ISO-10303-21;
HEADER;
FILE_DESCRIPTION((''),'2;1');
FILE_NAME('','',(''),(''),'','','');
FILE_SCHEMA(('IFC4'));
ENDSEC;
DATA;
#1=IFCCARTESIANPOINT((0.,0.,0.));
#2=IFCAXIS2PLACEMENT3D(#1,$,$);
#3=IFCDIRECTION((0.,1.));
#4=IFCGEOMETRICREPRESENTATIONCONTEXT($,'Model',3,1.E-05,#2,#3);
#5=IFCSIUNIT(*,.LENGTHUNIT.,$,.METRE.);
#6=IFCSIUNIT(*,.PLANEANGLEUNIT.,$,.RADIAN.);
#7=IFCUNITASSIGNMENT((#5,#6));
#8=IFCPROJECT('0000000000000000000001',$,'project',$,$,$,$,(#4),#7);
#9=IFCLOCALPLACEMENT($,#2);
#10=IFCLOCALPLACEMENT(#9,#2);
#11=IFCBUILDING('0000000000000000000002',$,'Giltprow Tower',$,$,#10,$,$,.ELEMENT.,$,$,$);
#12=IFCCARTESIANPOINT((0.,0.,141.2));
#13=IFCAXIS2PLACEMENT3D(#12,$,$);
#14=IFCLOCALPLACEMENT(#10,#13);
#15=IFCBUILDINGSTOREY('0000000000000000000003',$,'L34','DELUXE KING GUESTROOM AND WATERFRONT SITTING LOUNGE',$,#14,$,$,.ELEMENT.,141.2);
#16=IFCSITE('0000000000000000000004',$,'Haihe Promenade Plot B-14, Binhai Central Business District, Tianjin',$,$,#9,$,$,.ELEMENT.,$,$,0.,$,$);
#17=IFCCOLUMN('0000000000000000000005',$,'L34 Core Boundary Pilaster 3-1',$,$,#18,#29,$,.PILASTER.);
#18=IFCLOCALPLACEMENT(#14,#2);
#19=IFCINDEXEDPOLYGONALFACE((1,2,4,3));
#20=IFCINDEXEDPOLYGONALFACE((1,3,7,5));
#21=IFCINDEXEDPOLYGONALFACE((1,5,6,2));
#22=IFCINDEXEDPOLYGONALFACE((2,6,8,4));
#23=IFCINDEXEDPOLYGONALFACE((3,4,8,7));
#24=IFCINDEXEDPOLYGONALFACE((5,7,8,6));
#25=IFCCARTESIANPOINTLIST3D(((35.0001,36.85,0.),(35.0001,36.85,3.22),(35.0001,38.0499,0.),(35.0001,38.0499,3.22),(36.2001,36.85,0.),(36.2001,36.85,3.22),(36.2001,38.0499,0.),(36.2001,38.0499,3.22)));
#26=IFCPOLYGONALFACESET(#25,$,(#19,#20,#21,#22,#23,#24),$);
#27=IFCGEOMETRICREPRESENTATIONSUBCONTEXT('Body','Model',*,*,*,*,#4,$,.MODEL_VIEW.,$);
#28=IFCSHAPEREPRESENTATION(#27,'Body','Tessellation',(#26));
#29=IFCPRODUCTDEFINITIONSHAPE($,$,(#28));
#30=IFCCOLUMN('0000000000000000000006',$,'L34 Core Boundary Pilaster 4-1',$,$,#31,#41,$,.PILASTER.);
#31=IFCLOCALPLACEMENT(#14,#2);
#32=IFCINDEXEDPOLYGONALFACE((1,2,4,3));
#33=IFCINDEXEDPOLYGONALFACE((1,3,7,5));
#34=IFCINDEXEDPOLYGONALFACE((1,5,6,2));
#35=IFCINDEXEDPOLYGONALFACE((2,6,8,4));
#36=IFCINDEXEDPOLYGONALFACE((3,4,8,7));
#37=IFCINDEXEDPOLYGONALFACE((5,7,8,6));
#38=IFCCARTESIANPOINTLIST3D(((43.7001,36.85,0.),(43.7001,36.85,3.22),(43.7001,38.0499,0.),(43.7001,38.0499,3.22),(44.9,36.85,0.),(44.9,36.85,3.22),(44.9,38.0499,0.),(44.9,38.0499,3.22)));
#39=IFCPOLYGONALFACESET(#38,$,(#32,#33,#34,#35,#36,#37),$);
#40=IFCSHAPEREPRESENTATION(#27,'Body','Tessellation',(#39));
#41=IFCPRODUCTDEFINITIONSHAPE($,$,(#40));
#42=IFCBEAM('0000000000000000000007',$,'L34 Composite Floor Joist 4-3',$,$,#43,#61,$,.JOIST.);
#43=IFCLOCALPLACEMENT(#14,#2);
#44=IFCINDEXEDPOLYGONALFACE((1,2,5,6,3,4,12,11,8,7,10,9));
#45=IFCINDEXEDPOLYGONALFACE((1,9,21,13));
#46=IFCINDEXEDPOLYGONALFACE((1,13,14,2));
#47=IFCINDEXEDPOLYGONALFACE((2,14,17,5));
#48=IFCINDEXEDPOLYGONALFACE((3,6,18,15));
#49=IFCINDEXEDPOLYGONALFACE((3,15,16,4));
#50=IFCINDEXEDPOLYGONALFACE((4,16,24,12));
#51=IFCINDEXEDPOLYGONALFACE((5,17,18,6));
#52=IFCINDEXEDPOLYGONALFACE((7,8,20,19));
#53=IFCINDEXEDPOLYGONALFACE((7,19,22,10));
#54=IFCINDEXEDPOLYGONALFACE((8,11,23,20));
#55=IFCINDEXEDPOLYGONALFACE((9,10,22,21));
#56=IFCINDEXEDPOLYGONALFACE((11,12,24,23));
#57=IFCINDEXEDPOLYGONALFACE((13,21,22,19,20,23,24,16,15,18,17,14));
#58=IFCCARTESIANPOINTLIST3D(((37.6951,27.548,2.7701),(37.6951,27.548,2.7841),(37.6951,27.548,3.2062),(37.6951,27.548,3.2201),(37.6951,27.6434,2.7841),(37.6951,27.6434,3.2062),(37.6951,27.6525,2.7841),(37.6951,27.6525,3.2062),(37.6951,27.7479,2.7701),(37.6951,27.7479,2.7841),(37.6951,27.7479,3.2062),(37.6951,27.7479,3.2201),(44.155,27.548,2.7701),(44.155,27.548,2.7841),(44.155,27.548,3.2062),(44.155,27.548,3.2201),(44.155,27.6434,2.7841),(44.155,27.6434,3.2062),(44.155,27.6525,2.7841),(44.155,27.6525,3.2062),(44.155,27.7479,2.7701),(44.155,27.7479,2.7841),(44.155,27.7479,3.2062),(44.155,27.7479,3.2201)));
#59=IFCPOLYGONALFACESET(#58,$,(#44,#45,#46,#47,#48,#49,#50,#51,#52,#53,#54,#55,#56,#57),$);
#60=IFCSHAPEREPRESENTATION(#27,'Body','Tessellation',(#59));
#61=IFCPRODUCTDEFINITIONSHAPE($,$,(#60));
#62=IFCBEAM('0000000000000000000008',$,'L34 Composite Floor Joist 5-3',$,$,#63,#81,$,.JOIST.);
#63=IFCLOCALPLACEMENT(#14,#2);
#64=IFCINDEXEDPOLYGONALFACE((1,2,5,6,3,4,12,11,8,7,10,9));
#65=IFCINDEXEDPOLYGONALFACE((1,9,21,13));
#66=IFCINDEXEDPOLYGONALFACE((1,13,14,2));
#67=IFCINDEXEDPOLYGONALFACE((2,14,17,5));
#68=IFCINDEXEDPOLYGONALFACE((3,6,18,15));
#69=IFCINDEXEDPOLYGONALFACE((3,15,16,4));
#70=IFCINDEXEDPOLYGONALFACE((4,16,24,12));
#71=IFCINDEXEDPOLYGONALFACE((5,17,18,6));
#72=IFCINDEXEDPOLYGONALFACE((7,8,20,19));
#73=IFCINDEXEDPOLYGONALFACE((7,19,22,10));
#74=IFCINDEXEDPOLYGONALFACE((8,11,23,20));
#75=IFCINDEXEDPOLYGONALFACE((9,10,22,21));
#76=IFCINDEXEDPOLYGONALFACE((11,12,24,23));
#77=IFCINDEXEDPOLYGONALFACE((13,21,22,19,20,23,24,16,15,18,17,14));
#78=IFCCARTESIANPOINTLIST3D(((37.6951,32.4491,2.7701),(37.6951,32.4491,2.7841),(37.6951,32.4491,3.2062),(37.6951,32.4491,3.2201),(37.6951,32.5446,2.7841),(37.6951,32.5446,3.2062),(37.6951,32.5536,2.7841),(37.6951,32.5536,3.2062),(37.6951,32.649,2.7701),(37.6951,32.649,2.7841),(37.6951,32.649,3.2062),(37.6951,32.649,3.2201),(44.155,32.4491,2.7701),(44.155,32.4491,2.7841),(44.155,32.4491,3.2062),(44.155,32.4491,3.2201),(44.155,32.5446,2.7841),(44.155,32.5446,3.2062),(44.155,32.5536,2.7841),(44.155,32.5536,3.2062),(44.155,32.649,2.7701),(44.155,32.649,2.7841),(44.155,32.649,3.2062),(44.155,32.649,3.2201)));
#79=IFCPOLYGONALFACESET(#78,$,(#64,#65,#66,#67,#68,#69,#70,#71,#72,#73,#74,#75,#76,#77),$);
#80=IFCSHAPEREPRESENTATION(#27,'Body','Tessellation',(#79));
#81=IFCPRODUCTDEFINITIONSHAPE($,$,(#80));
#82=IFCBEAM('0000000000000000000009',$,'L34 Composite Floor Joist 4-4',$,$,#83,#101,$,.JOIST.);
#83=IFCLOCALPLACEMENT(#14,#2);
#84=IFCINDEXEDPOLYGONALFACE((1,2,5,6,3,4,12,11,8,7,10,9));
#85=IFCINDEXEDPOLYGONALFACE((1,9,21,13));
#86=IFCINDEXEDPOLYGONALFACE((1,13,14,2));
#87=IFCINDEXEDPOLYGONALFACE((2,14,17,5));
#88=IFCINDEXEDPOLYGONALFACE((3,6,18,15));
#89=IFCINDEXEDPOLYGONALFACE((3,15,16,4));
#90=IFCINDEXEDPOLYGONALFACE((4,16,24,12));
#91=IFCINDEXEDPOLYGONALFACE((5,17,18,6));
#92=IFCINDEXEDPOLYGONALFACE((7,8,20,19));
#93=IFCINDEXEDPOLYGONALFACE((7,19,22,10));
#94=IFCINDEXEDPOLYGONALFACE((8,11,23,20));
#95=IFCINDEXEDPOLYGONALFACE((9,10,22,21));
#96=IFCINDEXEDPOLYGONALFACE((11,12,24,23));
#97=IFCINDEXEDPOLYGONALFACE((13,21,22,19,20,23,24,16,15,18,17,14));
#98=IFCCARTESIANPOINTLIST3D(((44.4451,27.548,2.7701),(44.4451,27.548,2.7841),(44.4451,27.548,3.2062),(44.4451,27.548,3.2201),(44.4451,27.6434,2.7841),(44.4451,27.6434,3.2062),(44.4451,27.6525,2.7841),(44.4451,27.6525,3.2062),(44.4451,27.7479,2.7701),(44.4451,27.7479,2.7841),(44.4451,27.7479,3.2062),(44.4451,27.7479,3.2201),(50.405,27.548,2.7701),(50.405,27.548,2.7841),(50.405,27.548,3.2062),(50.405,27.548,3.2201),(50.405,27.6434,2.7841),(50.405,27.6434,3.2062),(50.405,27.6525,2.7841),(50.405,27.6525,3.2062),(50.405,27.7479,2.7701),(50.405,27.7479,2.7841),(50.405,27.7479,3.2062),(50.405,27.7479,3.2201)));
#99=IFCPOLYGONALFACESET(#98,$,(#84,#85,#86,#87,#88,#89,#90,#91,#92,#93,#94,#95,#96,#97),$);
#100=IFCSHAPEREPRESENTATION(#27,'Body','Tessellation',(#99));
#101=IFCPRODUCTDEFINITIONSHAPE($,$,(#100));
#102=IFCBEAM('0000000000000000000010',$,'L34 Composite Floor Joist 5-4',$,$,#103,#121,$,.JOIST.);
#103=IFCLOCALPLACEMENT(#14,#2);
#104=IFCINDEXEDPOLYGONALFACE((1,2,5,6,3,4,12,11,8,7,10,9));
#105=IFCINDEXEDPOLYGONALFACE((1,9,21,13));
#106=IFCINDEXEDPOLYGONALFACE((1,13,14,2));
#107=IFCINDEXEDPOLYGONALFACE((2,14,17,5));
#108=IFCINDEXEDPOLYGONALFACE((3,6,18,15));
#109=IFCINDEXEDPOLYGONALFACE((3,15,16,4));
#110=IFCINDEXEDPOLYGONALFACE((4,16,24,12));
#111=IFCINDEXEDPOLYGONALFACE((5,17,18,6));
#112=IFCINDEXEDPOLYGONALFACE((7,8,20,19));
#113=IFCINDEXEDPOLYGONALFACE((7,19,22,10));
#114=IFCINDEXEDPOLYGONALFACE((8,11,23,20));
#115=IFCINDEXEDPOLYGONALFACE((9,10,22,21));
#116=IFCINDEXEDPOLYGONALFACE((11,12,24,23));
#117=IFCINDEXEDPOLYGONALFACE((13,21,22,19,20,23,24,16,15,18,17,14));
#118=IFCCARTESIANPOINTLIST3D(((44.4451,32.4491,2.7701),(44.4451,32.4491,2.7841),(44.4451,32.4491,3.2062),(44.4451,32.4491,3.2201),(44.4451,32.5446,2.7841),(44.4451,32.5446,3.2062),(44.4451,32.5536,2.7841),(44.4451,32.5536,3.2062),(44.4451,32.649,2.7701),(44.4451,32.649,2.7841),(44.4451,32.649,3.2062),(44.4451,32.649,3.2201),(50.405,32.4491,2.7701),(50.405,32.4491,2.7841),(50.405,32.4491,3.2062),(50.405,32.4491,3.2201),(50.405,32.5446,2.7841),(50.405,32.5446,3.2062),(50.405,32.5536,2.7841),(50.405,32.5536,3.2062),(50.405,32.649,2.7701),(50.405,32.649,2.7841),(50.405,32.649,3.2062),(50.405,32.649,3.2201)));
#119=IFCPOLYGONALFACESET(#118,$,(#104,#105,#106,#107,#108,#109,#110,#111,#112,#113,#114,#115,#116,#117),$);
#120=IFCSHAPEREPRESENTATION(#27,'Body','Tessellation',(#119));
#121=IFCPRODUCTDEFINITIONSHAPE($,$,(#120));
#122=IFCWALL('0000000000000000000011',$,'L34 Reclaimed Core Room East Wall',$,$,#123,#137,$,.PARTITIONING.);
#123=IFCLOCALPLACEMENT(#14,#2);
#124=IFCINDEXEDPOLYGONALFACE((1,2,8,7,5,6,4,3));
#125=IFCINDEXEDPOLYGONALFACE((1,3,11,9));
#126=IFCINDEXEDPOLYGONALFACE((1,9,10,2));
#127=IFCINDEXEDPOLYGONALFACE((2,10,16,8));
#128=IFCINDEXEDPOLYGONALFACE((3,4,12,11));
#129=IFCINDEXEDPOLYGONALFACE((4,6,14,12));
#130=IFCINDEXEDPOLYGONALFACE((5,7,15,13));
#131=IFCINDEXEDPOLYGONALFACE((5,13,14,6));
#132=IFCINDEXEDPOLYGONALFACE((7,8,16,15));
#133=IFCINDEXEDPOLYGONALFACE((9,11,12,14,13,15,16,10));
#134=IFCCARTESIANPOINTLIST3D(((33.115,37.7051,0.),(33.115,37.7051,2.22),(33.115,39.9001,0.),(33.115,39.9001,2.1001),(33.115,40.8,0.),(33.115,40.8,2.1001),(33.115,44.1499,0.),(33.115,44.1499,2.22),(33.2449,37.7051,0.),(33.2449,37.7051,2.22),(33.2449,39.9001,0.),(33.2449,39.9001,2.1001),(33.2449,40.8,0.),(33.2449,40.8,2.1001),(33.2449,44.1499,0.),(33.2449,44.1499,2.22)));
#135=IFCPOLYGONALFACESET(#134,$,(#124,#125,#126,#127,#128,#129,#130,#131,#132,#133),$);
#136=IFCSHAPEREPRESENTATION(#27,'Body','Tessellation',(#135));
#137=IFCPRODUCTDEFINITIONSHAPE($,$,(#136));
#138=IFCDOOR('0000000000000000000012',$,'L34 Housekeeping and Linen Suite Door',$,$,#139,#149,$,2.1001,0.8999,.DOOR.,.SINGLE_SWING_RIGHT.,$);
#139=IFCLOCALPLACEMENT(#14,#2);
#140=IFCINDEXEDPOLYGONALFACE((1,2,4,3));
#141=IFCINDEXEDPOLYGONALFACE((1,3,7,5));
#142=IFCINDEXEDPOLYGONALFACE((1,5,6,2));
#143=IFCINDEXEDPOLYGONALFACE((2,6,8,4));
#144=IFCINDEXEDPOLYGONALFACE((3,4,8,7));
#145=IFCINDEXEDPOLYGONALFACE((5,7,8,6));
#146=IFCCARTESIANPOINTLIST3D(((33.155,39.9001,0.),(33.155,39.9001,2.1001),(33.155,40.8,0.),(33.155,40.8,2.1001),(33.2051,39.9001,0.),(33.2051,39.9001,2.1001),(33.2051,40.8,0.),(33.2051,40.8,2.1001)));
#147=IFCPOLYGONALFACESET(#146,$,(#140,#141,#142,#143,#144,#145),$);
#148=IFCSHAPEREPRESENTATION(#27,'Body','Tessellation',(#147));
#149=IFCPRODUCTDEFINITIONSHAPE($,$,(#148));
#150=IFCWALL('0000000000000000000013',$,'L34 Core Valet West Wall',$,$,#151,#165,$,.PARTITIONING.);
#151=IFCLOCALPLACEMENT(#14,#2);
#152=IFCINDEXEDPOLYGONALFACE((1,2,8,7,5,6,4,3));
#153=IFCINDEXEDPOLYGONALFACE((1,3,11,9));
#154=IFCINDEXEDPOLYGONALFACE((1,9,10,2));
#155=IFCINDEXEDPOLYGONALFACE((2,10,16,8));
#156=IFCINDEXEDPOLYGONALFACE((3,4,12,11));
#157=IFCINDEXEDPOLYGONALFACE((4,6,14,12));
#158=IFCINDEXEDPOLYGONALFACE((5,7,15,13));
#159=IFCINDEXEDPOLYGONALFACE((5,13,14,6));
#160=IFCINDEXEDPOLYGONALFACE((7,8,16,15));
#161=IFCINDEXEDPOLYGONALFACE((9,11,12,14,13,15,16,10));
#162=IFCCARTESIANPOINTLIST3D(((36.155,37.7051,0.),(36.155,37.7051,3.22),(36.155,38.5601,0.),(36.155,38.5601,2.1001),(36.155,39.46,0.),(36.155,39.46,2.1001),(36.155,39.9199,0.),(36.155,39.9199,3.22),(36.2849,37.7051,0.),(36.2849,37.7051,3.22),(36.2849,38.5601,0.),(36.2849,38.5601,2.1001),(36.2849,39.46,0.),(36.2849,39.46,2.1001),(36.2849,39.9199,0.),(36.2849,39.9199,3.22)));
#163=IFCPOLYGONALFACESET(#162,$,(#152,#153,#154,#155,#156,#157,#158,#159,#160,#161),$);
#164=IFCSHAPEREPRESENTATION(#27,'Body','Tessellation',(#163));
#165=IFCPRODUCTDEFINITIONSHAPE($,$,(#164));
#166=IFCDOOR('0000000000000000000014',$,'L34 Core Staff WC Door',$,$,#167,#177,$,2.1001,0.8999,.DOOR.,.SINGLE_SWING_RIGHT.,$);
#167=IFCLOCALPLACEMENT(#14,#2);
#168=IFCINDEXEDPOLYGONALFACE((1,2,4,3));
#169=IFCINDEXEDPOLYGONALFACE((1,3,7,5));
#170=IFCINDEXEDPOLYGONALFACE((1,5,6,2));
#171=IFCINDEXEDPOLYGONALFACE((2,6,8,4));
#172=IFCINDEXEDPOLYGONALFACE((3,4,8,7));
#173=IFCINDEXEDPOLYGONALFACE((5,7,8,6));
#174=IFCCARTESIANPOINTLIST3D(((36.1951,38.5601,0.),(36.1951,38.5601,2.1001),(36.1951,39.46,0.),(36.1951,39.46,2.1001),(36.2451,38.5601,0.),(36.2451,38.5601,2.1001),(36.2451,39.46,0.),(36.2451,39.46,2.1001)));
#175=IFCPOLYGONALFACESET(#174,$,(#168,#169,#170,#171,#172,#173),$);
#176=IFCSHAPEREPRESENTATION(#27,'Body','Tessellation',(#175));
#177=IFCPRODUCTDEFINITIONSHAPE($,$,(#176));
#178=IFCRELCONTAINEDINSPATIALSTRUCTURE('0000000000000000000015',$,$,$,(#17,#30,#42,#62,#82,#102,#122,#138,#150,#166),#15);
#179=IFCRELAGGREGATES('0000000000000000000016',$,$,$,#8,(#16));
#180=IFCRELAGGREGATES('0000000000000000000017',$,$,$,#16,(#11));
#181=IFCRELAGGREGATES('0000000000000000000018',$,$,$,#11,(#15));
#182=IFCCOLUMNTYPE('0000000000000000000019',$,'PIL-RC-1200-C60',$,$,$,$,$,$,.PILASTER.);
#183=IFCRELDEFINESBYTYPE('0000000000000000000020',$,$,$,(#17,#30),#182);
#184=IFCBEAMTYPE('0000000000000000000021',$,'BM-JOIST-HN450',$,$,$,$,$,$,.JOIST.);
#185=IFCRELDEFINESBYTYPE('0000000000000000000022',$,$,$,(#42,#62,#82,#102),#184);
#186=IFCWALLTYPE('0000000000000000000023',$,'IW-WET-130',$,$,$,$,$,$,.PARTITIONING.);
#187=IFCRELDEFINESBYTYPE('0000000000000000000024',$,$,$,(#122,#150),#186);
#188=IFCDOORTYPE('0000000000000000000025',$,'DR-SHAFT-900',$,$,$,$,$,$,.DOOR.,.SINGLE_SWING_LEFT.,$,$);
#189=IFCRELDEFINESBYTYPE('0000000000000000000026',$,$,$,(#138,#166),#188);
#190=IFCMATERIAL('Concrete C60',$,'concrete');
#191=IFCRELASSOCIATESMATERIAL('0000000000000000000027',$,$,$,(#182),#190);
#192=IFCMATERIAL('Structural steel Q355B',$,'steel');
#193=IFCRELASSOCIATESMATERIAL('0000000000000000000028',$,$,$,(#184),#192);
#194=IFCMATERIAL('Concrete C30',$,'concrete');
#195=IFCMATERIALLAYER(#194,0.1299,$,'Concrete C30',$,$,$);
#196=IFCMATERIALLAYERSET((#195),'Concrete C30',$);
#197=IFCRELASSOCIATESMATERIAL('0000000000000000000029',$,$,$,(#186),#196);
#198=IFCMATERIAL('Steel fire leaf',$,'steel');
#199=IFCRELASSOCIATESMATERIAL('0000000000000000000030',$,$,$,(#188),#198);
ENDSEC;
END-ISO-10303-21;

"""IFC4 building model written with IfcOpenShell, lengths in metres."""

from ifc_helpers import new_model, si_unit, direction, frame, frame_2d, origin, origin_2d, place, context, subcontext, project, spatial, rectangle, i_section, extrude, source, transform, mapped, material, layer, layer_set, material_profile, profile_set, type_object, element, fill, save


model = new_model("IFC4")

# Units and contexts
model_context = context("Model", 3, precision=1e-05, world=origin(), true_north=direction((0.0, 1.0)))
body_context = subcontext(model_context, "Body", "Model", "MODEL_VIEW")
ifc_project = project(units=[si_unit("LENGTHUNIT", "METRE"), si_unit("PLANEANGLEUNIT", "RADIAN")], contexts=[model_context])

# Site, building, storey
site_placement = place(None, origin())
site = spatial("IfcSite", under=ifc_project, at=site_placement, Name="Haihe Promenade Plot B-14, Binhai Central Business District, Tianjin", CompositionType="ELEMENT", RefElevation=0.0)
building_placement = place(site_placement, origin())
building = spatial("IfcBuilding", under=site, at=building_placement, Name="Giltprow Tower", CompositionType="ELEMENT")
storey_placement = place(building_placement, frame((0.0, 0.0, 141.2)))
storey = spatial("IfcBuildingStorey", under=building, at=storey_placement, Name="L34", Description="DELUXE KING GUESTROOM AND WATERFRONT SITTING LOUNGE", CompositionType="ELEMENT", Elevation=141.2)

# Columns
ifc_material_1 = material(Name="Concrete C60", Category="concrete")
ifc_material_profile_1 = material_profile(ifc_material_1, rectangle(XDim=1.2, YDim=1.2, at=origin_2d()), Name="RC 1200x1200")
ifc_profile_set_1 = profile_set([ifc_material_profile_1], Name="Concrete C60")
column_type = type_object("IfcColumnType", Name="PIL-RC-1200-C60", PredefinedType="PILASTER", material=ifc_profile_set_1)
shared_shape_1 = source(origin(), body_context, "Body", "SweptSolid", [
    extrude(rectangle(XDim=1.2, YDim=1.2, at=origin_2d()), origin(), (0.0, 0.0, 1.0), 3.22),
])
for number, where, z_axis, x_axis, name in (
    (1, (35.6001, 37.45, 0.0), (0.0, 0.0, 1.0), (1.0, 0.0, 0.0), "L34 Core Boundary Pilaster 3-1"),
    (2, (44.3, 37.45, 0.0), (0.0, 0.0, 1.0), (1.0, 0.0, 0.0), "L34 Core Boundary Pilaster 4-1"),
):
    element("IfcColumn", number, at=place(storey_placement, frame(where, z_axis=z_axis, x_axis=x_axis)), inside=storey, type_object=column_type, Name=name, PredefinedType="PILASTER", context=body_context, shape_type="MappedRepresentation", body=[
        mapped(shared_shape_1, transform((0.0, 0.0, 0.0), x_axis=(1.0, 0.0, 0.0), y_axis=(0.0, 1.0, 0.0), z_axis=(0.0, 0.0, 1.0), scale=1.0)),
    ])

# Beams
ifc_material_2 = material(Name="Structural steel Q355B", Category="steel")
ifc_material_profile_2 = material_profile(ifc_material_2, i_section(OverallWidth=0.2, OverallDepth=0.45, WebThickness=0.009, FlangeThickness=0.0139, at=origin_2d()), Name="HN 450x200x9x14")
ifc_profile_set_2 = profile_set([ifc_material_profile_2], Name="Structural steel Q355B")
beam_type = type_object("IfcBeamType", Name="BM-JOIST-HN450", PredefinedType="JOIST", material=ifc_profile_set_2)
shared_shape_2 = source(origin(), body_context, "Body", "SweptSolid", [
    extrude(i_section(OverallWidth=0.2, OverallDepth=0.45, WebThickness=0.009, FlangeThickness=0.0139, at=origin_2d()), origin(), (0.0, 0.0, 1.0), 6.46),
])
for number, where, z_axis, x_axis, name in (
    (3, (37.6951, 27.6479, 2.9951), (1.0, 0.0, 0.0), (0.0, 1.0, 0.0), "L34 Composite Floor Joist 4-3"),
    (4, (37.6951, 32.5491, 2.9951), (1.0, 0.0, 0.0), (0.0, 1.0, 0.0), "L34 Composite Floor Joist 5-3"),
):
    element("IfcBeam", number, at=place(storey_placement, frame(where, z_axis=z_axis, x_axis=x_axis)), inside=storey, type_object=beam_type, Name=name, PredefinedType="JOIST", context=body_context, shape_type="MappedRepresentation", body=[
        mapped(shared_shape_2, transform((0.0, 0.0, 0.0), x_axis=(1.0, 0.0, 0.0), y_axis=(0.0, 1.0, 0.0), z_axis=(0.0, 0.0, 1.0), scale=1.0)),
    ])
shared_shape_3 = source(origin(), body_context, "Body", "SweptSolid", [
    extrude(i_section(OverallWidth=0.2, OverallDepth=0.45, WebThickness=0.009, FlangeThickness=0.0139, at=origin_2d()), origin(), (0.0, 0.0, 1.0), 5.96),
])
for number, where, z_axis, x_axis, name in (
    (5, (44.4451, 27.6479, 2.9951), (1.0, 0.0, 0.0), (0.0, 1.0, 0.0), "L34 Composite Floor Joist 4-4"),
    (6, (44.4451, 32.5491, 2.9951), (1.0, 0.0, 0.0), (0.0, 1.0, 0.0), "L34 Composite Floor Joist 5-4"),
):
    element("IfcBeam", number, at=place(storey_placement, frame(where, z_axis=z_axis, x_axis=x_axis)), inside=storey, type_object=beam_type, Name=name, PredefinedType="JOIST", context=body_context, shape_type="MappedRepresentation", body=[
        mapped(shared_shape_3, transform((0.0, 0.0, 0.0), x_axis=(1.0, 0.0, 0.0), y_axis=(0.0, 1.0, 0.0), z_axis=(0.0, 0.0, 1.0), scale=1.0)),
    ])

# Walls, openings, doors
ifc_material_3 = material(Name="Concrete C30", Category="concrete")
ifc_layer_1 = layer(ifc_material_3, 0.1299, Name="Concrete C30")
ifc_layer_set_1 = layer_set([ifc_layer_1], Name="Concrete C30")
wall_type_1 = type_object("IfcWallType", Name="IW-WET-130", PredefinedType="PARTITIONING", material=ifc_layer_set_1)
wall_1_placement = place(storey_placement, frame((33.1799, 37.7051, 0.0), z_axis=(0.0, 0.0, 1.0), x_axis=(0.0, 1.0, 0.0)))
wall_1 = element("IfcWall", 7, at=wall_1_placement, inside=storey, type_object=wall_type_1, Name="L34 Reclaimed Core Room East Wall", PredefinedType="PARTITIONING", context=body_context, shape_type="SweptSolid", body=[
    extrude(rectangle(XDim=6.4448, YDim=0.1299, at=frame_2d((3.2224, 0.0))), origin(), (0.0, 0.0, 1.0), 2.22),
])
opening_1_placement = place(wall_1_placement, frame((2.1951, 0.0, 0.0)))
opening_1 = element("IfcOpeningElement", 8, at=opening_1_placement, cuts=wall_1, PredefinedType="OPENING", context=body_context, shape_type="SweptSolid", body=[
    extrude(rectangle(XDim=0.8999, YDim=2.1001, at=frame_2d((0.45, 1.05))), frame((0.0, 0.075, 0.0), z_axis=(0.0, -1.0, 0.0), x_axis=(1.0, 0.0, 0.0)), (0.0, 0.0, 1.0), 0.1499),
])
ifc_material_4 = material(Name="Steel fire leaf", Category="steel")
door_type_1 = type_object("IfcDoorType", Name="DR-SHAFT-900", OperationType="SINGLE_SWING_LEFT", PredefinedType="DOOR", material=ifc_material_4)
shared_shape_4 = source(origin(), body_context, "Body", "SweptSolid", [
    extrude(rectangle(XDim=0.8999, YDim=2.1001, at=frame_2d((0.45, 1.05))), frame((0.0, 0.0249, 0.0), z_axis=(0.0, -1.0, 0.0), x_axis=(1.0, 0.0, 0.0)), (0.0, 0.0, 1.0), 0.05),
])
door_1_placement = place(opening_1_placement, origin())
door_1 = element("IfcDoor", 9, at=door_1_placement, inside=storey, type_object=door_type_1, Name="L34 Housekeeping and Linen Suite Door", OperationType="SINGLE_SWING_RIGHT", OverallHeight=2.1001, OverallWidth=0.8999, PredefinedType="DOOR", context=body_context, shape_type="MappedRepresentation", body=[
    mapped(shared_shape_4, transform((0.0, 0.0, 0.0), x_axis=(1.0, 0.0, 0.0), y_axis=(0.0, 1.0, 0.0), z_axis=(0.0, 0.0, 1.0), scale=1.0)),
])
fill(opening_1, door_1)
wall_2_placement = place(storey_placement, frame((36.22, 37.7051, 0.0), z_axis=(0.0, 0.0, 1.0), x_axis=(0.0, 1.0, 0.0)))
wall_2 = element("IfcWall", 10, at=wall_2_placement, inside=storey, type_object=wall_type_1, Name="L34 Core Valet West Wall", PredefinedType="PARTITIONING", context=body_context, shape_type="SweptSolid", body=[
    extrude(rectangle(XDim=2.2148, YDim=0.1299, at=frame_2d((1.1074, 0.0))), origin(), (0.0, 0.0, 1.0), 3.22),
])
opening_2_placement = place(wall_2_placement, frame((0.855, 0.0, 0.0)))
opening_2 = element("IfcOpeningElement", 11, at=opening_2_placement, cuts=wall_2, PredefinedType="OPENING", context=body_context, shape_type="SweptSolid", body=[
    extrude(rectangle(XDim=0.8999, YDim=2.1001, at=frame_2d((0.45, 1.05))), frame((0.0, 0.075, 0.0), z_axis=(0.0, -1.0, 0.0), x_axis=(1.0, 0.0, 0.0)), (0.0, 0.0, 1.0), 0.1499),
])
door_2_placement = place(opening_2_placement, origin())
door_2 = element("IfcDoor", 12, at=door_2_placement, inside=storey, type_object=door_type_1, Name="L34 Core Staff WC Door", OperationType="SINGLE_SWING_RIGHT", OverallHeight=2.1001, OverallWidth=0.8999, PredefinedType="DOOR", context=body_context, shape_type="MappedRepresentation", body=[
    mapped(shared_shape_4, transform((0.0, 0.0, 0.0), x_axis=(1.0, 0.0, 0.0), y_axis=(0.0, 1.0, 0.0), z_axis=(0.0, 0.0, 1.0), scale=1.0)),
])
fill(opening_2, door_2)

save(model, "model.ifc")
